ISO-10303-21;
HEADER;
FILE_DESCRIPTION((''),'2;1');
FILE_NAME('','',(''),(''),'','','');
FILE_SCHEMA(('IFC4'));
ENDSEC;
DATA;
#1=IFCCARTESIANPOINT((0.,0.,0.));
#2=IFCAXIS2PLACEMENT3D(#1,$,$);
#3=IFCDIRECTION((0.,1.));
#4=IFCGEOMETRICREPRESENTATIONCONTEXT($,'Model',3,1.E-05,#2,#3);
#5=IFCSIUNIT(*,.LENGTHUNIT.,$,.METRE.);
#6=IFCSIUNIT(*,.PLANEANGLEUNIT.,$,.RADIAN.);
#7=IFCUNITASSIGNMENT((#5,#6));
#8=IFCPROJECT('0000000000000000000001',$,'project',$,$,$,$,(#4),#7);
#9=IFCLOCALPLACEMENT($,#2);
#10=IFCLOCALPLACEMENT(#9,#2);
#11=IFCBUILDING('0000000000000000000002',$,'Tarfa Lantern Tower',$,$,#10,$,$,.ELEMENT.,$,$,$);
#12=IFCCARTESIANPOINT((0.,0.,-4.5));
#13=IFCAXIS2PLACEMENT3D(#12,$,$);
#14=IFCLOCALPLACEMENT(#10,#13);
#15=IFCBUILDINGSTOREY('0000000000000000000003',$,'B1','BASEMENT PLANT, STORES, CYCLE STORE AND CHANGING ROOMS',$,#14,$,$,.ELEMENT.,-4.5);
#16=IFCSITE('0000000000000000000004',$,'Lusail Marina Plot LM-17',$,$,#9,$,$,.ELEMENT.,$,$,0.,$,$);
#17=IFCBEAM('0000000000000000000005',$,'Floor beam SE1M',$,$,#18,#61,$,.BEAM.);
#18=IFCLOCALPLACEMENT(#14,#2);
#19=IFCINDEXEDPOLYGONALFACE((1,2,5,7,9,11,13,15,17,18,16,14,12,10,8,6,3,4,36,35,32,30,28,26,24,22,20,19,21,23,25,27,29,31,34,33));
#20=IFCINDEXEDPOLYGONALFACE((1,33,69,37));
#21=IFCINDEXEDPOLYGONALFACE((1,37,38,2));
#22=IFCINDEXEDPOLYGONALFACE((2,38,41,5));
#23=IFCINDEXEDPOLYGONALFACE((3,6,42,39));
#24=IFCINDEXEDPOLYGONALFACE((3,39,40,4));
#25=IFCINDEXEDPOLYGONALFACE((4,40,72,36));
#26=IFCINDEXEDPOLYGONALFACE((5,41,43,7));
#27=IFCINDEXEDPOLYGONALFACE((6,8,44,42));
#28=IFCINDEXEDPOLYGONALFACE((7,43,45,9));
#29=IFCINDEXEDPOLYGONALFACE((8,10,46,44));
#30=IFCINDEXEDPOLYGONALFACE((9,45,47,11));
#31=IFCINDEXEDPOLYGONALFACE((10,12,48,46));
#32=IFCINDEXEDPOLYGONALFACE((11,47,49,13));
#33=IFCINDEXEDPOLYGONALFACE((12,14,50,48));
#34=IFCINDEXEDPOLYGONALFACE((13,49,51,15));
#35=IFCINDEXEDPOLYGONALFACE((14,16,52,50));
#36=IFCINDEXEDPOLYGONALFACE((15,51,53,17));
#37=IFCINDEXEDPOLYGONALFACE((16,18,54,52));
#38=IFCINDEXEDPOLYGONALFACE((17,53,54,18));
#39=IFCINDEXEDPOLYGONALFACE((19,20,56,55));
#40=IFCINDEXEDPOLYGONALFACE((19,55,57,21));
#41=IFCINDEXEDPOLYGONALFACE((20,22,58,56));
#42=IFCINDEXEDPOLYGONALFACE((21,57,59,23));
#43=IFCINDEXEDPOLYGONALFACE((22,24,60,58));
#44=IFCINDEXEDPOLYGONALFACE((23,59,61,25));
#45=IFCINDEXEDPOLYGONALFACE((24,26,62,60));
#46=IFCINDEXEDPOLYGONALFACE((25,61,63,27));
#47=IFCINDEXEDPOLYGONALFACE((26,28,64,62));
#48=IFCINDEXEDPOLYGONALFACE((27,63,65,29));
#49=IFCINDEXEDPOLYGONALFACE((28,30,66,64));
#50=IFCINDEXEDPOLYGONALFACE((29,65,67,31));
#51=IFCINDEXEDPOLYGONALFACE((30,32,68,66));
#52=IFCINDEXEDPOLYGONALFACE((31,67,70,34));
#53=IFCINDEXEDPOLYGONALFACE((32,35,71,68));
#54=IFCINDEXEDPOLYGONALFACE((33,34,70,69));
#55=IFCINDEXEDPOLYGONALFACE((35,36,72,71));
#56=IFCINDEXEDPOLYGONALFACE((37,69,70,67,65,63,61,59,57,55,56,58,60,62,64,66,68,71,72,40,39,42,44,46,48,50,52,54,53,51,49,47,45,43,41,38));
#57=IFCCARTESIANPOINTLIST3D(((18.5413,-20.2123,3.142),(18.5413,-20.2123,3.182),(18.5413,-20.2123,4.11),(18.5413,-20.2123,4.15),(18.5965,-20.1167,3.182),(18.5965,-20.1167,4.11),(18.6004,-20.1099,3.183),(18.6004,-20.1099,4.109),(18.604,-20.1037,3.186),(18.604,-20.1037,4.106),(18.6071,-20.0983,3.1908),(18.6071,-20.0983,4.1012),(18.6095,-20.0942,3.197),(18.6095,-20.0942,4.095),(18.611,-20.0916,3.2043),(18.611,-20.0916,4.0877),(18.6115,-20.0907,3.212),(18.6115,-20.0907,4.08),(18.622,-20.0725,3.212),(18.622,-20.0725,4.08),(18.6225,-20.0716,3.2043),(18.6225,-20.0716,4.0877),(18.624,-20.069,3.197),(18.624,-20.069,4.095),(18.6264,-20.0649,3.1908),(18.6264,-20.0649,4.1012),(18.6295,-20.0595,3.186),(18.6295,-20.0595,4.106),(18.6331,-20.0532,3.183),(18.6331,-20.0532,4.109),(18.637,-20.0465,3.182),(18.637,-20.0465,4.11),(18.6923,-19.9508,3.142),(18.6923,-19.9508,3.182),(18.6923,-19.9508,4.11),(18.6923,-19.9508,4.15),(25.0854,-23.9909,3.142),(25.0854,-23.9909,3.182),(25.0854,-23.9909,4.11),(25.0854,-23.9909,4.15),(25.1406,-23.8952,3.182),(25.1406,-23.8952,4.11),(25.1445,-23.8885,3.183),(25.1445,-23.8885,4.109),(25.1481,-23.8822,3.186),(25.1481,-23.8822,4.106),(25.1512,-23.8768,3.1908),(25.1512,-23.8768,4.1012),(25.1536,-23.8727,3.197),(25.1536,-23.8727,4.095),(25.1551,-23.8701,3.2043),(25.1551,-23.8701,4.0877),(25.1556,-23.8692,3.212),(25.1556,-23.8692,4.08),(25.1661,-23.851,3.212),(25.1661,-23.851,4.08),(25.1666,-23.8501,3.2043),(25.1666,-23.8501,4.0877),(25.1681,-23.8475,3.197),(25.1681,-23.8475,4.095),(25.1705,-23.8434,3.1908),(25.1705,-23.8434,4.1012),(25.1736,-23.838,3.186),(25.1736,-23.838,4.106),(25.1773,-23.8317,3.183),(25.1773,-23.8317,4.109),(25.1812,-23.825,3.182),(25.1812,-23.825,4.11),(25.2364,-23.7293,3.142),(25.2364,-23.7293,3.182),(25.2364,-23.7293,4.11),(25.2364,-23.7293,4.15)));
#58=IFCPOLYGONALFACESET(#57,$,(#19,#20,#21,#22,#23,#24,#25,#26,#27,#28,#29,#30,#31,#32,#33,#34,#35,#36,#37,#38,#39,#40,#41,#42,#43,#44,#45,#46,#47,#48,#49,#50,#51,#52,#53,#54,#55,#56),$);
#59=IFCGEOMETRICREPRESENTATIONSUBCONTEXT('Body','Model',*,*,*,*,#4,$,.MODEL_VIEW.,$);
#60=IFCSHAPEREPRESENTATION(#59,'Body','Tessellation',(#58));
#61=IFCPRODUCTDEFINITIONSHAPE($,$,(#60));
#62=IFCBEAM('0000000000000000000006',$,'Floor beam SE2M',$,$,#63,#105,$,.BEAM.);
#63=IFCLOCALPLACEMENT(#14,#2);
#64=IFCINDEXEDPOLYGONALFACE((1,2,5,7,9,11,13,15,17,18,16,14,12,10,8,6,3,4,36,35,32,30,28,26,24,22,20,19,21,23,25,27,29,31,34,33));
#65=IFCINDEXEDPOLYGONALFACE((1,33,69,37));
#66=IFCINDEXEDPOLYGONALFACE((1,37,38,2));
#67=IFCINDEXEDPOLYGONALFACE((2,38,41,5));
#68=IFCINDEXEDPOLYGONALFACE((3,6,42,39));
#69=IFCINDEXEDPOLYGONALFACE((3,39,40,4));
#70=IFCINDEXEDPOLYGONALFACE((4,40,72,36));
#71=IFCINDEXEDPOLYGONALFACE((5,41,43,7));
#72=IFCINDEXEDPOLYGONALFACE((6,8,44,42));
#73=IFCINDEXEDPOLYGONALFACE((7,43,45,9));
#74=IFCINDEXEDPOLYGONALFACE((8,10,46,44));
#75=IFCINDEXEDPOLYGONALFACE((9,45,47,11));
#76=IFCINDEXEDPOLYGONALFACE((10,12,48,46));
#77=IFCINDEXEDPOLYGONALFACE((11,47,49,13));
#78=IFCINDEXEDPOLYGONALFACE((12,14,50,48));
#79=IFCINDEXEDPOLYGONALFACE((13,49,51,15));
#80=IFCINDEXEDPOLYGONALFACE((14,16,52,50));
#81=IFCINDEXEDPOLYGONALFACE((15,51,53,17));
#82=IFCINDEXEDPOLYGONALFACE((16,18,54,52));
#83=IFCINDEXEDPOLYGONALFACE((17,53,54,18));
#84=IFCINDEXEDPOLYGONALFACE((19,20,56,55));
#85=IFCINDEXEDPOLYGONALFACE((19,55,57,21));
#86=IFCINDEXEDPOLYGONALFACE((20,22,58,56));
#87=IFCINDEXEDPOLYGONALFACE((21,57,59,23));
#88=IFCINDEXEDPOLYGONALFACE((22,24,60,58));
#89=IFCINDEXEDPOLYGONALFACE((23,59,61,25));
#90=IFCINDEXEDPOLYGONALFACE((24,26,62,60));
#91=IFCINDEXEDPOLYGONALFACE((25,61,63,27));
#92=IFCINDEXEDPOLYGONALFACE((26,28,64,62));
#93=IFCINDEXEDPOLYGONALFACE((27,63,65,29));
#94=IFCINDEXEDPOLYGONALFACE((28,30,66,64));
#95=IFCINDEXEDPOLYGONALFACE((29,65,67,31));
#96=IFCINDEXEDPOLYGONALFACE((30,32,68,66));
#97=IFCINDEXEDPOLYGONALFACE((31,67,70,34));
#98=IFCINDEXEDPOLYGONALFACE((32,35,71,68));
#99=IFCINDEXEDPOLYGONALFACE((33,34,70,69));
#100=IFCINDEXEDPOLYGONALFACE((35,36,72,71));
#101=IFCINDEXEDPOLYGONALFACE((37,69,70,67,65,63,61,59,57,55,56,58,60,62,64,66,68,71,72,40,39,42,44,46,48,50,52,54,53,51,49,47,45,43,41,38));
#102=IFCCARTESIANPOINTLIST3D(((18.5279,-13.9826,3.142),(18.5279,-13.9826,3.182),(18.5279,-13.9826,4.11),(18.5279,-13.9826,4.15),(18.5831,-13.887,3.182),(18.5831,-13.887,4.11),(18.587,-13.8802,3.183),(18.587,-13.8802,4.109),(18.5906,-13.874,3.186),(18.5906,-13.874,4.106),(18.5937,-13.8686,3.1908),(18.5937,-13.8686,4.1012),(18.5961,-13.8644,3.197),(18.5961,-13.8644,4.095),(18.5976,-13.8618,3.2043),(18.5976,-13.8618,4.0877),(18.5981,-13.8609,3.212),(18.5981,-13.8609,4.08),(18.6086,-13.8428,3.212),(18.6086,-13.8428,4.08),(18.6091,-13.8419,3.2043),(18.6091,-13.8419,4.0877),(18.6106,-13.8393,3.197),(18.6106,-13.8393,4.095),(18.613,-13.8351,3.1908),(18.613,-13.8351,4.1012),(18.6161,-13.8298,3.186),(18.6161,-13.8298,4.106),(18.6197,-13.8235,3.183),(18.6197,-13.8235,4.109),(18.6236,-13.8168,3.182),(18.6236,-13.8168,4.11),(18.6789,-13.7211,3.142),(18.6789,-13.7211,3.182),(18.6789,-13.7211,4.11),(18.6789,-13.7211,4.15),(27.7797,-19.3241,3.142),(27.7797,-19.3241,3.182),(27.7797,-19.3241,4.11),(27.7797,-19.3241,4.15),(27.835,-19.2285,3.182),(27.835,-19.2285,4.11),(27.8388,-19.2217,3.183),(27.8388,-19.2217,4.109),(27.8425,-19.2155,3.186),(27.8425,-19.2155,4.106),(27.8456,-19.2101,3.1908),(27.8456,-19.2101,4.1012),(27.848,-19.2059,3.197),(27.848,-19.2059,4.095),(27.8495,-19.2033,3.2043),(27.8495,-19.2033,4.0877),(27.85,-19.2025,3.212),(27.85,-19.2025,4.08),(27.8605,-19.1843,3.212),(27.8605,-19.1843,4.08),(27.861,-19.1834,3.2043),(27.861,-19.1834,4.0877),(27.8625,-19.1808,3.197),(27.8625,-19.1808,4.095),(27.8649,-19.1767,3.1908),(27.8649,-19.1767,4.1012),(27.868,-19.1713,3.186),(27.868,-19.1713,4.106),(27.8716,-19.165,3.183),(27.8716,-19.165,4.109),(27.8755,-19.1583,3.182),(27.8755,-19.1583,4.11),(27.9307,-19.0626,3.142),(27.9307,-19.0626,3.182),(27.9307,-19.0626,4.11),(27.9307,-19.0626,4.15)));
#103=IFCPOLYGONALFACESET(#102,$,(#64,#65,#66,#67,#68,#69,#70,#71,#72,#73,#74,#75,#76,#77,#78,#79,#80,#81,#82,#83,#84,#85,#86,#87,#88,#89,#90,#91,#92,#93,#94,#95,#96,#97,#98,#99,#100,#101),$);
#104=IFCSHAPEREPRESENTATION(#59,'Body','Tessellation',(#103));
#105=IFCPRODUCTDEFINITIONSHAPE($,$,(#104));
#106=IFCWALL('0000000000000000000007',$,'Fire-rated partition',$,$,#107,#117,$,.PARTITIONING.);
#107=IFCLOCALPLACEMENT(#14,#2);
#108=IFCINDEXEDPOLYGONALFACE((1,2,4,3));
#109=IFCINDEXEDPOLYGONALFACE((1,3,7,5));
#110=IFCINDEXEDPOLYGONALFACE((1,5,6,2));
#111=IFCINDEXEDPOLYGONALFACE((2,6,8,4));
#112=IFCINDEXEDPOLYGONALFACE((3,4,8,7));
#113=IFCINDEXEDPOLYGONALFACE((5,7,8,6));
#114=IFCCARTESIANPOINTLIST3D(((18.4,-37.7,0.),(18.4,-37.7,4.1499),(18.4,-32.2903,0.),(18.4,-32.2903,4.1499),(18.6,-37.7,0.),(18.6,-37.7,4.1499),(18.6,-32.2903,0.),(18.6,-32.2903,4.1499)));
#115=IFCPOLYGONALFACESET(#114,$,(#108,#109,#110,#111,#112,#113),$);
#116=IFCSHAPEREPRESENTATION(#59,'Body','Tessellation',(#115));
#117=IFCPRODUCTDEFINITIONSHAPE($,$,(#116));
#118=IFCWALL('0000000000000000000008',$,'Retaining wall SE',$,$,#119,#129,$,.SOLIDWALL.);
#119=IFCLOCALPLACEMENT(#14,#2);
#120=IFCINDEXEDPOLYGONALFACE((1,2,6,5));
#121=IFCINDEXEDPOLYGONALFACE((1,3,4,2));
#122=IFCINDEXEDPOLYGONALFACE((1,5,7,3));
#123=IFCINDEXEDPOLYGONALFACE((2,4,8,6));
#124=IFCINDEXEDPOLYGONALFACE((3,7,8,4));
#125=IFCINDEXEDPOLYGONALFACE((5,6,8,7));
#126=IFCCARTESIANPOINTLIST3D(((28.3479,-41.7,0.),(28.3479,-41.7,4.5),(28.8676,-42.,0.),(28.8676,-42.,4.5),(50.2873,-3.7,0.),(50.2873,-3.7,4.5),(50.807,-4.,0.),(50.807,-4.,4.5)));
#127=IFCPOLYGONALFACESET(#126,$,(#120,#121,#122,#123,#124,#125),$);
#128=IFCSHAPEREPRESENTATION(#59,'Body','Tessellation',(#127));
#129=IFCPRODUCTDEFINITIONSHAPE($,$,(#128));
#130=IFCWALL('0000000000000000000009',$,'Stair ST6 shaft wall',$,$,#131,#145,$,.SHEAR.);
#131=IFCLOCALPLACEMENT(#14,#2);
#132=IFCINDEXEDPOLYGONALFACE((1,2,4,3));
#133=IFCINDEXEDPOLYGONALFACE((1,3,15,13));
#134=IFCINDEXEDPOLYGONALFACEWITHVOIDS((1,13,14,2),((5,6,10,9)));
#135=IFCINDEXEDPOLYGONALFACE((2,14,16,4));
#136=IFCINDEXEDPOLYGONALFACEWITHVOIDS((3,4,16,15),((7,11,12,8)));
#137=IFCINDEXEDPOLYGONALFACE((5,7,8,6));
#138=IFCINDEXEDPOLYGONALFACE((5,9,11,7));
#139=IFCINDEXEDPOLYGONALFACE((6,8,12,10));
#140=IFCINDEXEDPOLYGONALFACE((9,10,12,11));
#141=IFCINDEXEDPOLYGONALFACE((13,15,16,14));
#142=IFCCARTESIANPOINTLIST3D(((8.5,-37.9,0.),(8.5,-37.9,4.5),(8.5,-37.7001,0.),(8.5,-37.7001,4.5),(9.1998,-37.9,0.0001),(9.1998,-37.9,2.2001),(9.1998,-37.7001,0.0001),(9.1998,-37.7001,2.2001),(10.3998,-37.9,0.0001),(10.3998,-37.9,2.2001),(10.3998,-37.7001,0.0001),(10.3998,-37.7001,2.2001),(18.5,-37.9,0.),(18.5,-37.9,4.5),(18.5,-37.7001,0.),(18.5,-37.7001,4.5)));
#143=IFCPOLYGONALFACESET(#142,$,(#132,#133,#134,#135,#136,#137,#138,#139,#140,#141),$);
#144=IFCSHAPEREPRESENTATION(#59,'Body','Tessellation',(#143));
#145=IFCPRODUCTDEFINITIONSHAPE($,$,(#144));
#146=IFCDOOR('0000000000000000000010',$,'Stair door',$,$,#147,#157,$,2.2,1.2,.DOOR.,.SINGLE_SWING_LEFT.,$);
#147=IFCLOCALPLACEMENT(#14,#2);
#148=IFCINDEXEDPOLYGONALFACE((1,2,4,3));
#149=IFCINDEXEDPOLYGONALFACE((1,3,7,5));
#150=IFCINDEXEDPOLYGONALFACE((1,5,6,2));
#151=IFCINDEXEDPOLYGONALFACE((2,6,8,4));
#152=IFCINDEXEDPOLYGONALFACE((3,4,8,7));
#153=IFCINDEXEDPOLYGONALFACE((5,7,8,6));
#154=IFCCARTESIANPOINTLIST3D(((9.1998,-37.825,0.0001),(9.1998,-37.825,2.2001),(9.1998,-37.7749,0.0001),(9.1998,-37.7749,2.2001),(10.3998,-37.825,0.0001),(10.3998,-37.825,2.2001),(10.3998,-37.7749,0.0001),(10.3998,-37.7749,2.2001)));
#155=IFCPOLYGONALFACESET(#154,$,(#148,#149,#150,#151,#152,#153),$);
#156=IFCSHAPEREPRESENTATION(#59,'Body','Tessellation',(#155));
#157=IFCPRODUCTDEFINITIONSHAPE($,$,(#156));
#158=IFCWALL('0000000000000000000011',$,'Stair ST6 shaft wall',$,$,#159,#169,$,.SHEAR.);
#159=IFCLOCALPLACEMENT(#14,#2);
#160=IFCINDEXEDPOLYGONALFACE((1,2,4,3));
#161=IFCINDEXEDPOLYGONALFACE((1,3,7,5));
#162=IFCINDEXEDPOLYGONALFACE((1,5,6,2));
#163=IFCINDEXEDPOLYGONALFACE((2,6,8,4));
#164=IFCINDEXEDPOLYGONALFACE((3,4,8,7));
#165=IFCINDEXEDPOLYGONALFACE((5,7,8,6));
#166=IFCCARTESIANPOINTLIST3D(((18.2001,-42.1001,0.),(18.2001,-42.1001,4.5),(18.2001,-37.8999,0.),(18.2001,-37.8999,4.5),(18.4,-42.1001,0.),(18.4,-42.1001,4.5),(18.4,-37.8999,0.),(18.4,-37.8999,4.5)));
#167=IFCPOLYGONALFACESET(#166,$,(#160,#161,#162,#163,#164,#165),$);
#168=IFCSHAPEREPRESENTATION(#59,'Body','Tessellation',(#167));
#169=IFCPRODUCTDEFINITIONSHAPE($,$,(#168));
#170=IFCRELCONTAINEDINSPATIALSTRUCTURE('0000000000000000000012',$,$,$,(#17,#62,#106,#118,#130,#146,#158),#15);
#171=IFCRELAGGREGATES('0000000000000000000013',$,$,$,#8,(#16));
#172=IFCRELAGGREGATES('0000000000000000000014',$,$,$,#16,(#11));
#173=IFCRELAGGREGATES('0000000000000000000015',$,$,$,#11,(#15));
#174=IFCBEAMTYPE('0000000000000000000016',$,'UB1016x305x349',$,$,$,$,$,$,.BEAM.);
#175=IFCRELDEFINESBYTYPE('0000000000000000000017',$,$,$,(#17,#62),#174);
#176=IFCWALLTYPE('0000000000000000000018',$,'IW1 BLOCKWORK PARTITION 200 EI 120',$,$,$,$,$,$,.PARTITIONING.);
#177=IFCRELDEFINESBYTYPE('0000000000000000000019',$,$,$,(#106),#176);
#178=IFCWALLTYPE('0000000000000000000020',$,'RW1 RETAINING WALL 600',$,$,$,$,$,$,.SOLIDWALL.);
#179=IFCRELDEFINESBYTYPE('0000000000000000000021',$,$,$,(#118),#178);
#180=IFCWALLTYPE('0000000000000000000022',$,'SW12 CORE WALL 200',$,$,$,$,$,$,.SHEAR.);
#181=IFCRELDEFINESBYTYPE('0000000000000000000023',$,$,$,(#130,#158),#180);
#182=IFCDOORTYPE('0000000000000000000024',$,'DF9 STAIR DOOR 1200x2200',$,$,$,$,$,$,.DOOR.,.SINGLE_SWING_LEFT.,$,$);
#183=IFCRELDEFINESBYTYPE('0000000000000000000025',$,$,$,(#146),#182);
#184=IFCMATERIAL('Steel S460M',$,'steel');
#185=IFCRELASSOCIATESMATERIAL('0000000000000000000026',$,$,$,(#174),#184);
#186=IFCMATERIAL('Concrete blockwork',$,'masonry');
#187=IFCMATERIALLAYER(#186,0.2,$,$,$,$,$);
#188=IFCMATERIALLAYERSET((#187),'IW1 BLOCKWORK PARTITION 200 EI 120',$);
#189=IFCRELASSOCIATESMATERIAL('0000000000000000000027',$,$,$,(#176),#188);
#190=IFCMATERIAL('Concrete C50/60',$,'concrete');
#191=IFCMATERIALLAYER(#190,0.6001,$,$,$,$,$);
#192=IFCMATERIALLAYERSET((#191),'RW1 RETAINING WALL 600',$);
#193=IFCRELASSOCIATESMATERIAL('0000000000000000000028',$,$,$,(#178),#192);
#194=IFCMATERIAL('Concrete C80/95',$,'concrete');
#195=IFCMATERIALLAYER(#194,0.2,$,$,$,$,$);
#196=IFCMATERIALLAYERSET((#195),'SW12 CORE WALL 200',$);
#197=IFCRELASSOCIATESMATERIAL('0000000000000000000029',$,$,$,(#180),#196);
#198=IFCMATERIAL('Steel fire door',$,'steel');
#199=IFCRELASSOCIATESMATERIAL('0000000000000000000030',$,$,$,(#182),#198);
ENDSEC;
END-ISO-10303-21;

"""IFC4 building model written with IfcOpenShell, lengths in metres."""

from ifc_helpers import new_model, si_unit, direction, frame, frame_2d, origin, origin_2d, place, context, subcontext, project, spatial, rectangle, i_section, extrude, material, layer, layer_set, material_profile, profile_set, type_object, element, fill, save


model = new_model("IFC4")

# Units and contexts
model_context = context("Model", 3, precision=1e-05, world=origin(), true_north=direction((0.0, 1.0)))
body_context = subcontext(model_context, "Body", "Model", "MODEL_VIEW")
ifc_project = project(units=[si_unit("LENGTHUNIT", "METRE"), si_unit("PLANEANGLEUNIT", "RADIAN")], contexts=[model_context])

# Site, building, storey
site_placement = place(None, origin())
site = spatial("IfcSite", under=ifc_project, at=site_placement, Name="Lusail Marina Plot LM-17", CompositionType="ELEMENT", RefElevation=0.0)
building_placement = place(site_placement, origin())
building = spatial("IfcBuilding", under=site, at=building_placement, Name="Tarfa Lantern Tower", CompositionType="ELEMENT")
storey_placement = place(building_placement, frame((0.0, 0.0, -4.5)))
storey = spatial("IfcBuildingStorey", under=building, at=storey_placement, Name="B1", Description="BASEMENT PLANT, STORES, CYCLE STORE AND CHANGING ROOMS", CompositionType="ELEMENT", Elevation=-4.5)

# Shared definitions
ifc_material_1 = material(Name="Concrete C80/95", Category="concrete")

# Beams
ifc_material_2 = material(Name="Steel S460M", Category="steel")
ifc_material_profile_1 = material_profile(ifc_material_2, i_section(OverallWidth=0.302, OverallDepth=1.0081, WebThickness=0.021, FlangeThickness=0.04, FilletRadius=0.03, at=origin_2d()), Name="UB1016x305x349")
ifc_profile_set_1 = profile_set([ifc_material_profile_1], Name="Steel S460M")
beam_type_1 = type_object("IfcBeamType", Name="UB1016x305x349", PredefinedType="BEAM", material=ifc_profile_set_1)
beam_1_placement = place(storey_placement, frame((25.1609, -23.8601, 3.646), z_axis=(-0.86601, 0.500027, 0.0), x_axis=(-0.500027, -0.86601, 0.0)))
element("IfcBeam", 1, at=beam_1_placement, inside=storey, type_object=beam_type_1, Name="Floor beam SE1M", PredefinedType="BEAM", context=body_context, shape_type="SweptSolid", body=[
    extrude(i_section(OverallWidth=0.302, OverallDepth=1.0081, WebThickness=0.021, FlangeThickness=0.04, FilletRadius=0.03, at=origin_2d()), origin(), (0.0, 0.0, 1.0), 7.5566),
])
beam_2_placement = place(storey_placement, frame((27.8552, -19.1934, 3.646), z_axis=(-0.866028, 0.499995, 0.0), x_axis=(-0.499995, -0.866028, 0.0)))
element("IfcBeam", 2, at=beam_2_placement, inside=storey, type_object=beam_type_1, Name="Floor beam SE2M", PredefinedType="BEAM", context=body_context, shape_type="SweptSolid", body=[
    extrude(i_section(OverallWidth=0.302, OverallDepth=1.0081, WebThickness=0.021, FlangeThickness=0.04, FilletRadius=0.03, at=origin_2d()), origin(), (0.0, 0.0, 1.0), 10.6831),
])

# Walls
ifc_material_3 = material(Name="Concrete blockwork", Category="masonry")
ifc_layer_1 = layer(ifc_material_3, 0.2)
ifc_layer_set_1 = layer_set([ifc_layer_1], Name="IW1 BLOCKWORK PARTITION 200 EI 120")
wall_type_1 = type_object("IfcWallType", Name="IW1 BLOCKWORK PARTITION 200 EI 120", PredefinedType="PARTITIONING", material=ifc_layer_set_1)
wall_1_placement = place(storey_placement, frame((18.5, -32.2903, 0.0), z_axis=(0.0, 0.0, 1.0), x_axis=(0.0, -1.0, 0.0)))
element("IfcWall", 3, at=wall_1_placement, inside=storey, type_object=wall_type_1, Name="Fire-rated partition", PredefinedType="PARTITIONING", context=body_context, shape_type="SweptSolid", body=[
    extrude(rectangle(XDim=5.4097, YDim=0.2, at=frame_2d((2.7048, 0.0))), origin(), (0.0, 0.0, 1.0), 4.1499),
])
ifc_material_4 = material(Name="Concrete C50/60", Category="concrete")
ifc_layer_2 = layer(ifc_material_4, 0.6001)
ifc_layer_set_2 = layer_set([ifc_layer_2], Name="RW1 RETAINING WALL 600")
wall_type_2 = type_object("IfcWallType", Name="RW1 RETAINING WALL 600", PredefinedType="SOLIDWALL", material=ifc_layer_set_2)
wall_2_placement = place(storey_placement, frame((28.6077, -41.8501, 0.0), z_axis=(0.0, 0.0, 1.0), x_axis=(0.500002, 0.866024, 0.0)))
element("IfcWall", 4, at=wall_2_placement, inside=storey, type_object=wall_type_2, Name="Retaining wall SE", PredefinedType="SOLIDWALL", context=body_context, shape_type="SweptSolid", body=[
    extrude(rectangle(XDim=43.8787, YDim=0.6001, at=frame_2d((21.9395, 0.0))), origin(), (0.0, 0.0, 1.0), 4.5),
])

# Wall, opening, door
ifc_layer_3 = layer(ifc_material_1, 0.2)
ifc_layer_set_3 = layer_set([ifc_layer_3], Name="SW12 CORE WALL 200")
wall_type_3 = type_object("IfcWallType", Name="SW12 CORE WALL 200", PredefinedType="SHEAR", material=ifc_layer_set_3)
wall_3_placement = place(storey_placement, frame((18.5, -37.8, 0.0), z_axis=(0.0, 0.0, 1.0), x_axis=(-1.0, 0.0, 0.0)))
wall_3 = element("IfcWall", 5, at=wall_3_placement, inside=storey, type_object=wall_type_3, Name="Stair ST6 shaft wall", PredefinedType="SHEAR", context=body_context, shape_type="SweptSolid", body=[
    extrude(rectangle(XDim=10.0, YDim=0.2, at=frame_2d((5.0, 0.0))), origin(), (0.0, 0.0, 1.0), 4.5),
])
opening_placement = place(wall_3_placement, frame((8.1001, 0.0, 0.0)))
opening = element("IfcOpeningElement", 6, at=opening_placement, cuts=wall_3, PredefinedType="OPENING", context=body_context, shape_type="SweptSolid", body=[
    extrude(rectangle(XDim=1.2, YDim=2.2, at=frame_2d((0.6001, 1.1001))), frame((0.0, 0.1099, 0.0), z_axis=(0.0, -1.0, 0.0), x_axis=(1.0, 0.0, 0.0)), (0.0, 0.0, 1.0), 0.22),
])
ifc_material_5 = material(Name="Steel fire door", Category="steel")
door_type = type_object("IfcDoorType", Name="DF9 STAIR DOOR 1200x2200", OperationType="SINGLE_SWING_LEFT", PredefinedType="DOOR", material=ifc_material_5)
door_placement = place(opening_placement, origin())
door = element("IfcDoor", 7, at=door_placement, inside=storey, type_object=door_type, Name="Stair door", OperationType="SINGLE_SWING_LEFT", OverallHeight=2.2, OverallWidth=1.2, PredefinedType="DOOR", context=body_context, shape_type="SweptSolid", body=[
    extrude(rectangle(XDim=1.2, YDim=2.2, at=frame_2d((0.6001, 1.1001))), frame((0.0, 0.0249, 0.0), z_axis=(0.0, -1.0, 0.0), x_axis=(1.0, 0.0, 0.0)), (0.0, 0.0, 1.0), 0.05),
])
fill(opening, door)

# Wall
wall_4_placement = place(storey_placement, frame((18.3, -42.1001, 0.0), z_axis=(0.0, 0.0, 1.0), x_axis=(0.0, 1.0, 0.0)))
element("IfcWall", 8, at=wall_4_placement, inside=storey, type_object=wall_type_3, Name="Stair ST6 shaft wall", PredefinedType="SHEAR", context=body_context, shape_type="SweptSolid", body=[
    extrude(rectangle(XDim=4.2002, YDim=0.2, at=frame_2d((2.1001, 0.0))), origin(), (0.0, 0.0, 1.0), 4.5),
])

save(model, "model.ifc")
